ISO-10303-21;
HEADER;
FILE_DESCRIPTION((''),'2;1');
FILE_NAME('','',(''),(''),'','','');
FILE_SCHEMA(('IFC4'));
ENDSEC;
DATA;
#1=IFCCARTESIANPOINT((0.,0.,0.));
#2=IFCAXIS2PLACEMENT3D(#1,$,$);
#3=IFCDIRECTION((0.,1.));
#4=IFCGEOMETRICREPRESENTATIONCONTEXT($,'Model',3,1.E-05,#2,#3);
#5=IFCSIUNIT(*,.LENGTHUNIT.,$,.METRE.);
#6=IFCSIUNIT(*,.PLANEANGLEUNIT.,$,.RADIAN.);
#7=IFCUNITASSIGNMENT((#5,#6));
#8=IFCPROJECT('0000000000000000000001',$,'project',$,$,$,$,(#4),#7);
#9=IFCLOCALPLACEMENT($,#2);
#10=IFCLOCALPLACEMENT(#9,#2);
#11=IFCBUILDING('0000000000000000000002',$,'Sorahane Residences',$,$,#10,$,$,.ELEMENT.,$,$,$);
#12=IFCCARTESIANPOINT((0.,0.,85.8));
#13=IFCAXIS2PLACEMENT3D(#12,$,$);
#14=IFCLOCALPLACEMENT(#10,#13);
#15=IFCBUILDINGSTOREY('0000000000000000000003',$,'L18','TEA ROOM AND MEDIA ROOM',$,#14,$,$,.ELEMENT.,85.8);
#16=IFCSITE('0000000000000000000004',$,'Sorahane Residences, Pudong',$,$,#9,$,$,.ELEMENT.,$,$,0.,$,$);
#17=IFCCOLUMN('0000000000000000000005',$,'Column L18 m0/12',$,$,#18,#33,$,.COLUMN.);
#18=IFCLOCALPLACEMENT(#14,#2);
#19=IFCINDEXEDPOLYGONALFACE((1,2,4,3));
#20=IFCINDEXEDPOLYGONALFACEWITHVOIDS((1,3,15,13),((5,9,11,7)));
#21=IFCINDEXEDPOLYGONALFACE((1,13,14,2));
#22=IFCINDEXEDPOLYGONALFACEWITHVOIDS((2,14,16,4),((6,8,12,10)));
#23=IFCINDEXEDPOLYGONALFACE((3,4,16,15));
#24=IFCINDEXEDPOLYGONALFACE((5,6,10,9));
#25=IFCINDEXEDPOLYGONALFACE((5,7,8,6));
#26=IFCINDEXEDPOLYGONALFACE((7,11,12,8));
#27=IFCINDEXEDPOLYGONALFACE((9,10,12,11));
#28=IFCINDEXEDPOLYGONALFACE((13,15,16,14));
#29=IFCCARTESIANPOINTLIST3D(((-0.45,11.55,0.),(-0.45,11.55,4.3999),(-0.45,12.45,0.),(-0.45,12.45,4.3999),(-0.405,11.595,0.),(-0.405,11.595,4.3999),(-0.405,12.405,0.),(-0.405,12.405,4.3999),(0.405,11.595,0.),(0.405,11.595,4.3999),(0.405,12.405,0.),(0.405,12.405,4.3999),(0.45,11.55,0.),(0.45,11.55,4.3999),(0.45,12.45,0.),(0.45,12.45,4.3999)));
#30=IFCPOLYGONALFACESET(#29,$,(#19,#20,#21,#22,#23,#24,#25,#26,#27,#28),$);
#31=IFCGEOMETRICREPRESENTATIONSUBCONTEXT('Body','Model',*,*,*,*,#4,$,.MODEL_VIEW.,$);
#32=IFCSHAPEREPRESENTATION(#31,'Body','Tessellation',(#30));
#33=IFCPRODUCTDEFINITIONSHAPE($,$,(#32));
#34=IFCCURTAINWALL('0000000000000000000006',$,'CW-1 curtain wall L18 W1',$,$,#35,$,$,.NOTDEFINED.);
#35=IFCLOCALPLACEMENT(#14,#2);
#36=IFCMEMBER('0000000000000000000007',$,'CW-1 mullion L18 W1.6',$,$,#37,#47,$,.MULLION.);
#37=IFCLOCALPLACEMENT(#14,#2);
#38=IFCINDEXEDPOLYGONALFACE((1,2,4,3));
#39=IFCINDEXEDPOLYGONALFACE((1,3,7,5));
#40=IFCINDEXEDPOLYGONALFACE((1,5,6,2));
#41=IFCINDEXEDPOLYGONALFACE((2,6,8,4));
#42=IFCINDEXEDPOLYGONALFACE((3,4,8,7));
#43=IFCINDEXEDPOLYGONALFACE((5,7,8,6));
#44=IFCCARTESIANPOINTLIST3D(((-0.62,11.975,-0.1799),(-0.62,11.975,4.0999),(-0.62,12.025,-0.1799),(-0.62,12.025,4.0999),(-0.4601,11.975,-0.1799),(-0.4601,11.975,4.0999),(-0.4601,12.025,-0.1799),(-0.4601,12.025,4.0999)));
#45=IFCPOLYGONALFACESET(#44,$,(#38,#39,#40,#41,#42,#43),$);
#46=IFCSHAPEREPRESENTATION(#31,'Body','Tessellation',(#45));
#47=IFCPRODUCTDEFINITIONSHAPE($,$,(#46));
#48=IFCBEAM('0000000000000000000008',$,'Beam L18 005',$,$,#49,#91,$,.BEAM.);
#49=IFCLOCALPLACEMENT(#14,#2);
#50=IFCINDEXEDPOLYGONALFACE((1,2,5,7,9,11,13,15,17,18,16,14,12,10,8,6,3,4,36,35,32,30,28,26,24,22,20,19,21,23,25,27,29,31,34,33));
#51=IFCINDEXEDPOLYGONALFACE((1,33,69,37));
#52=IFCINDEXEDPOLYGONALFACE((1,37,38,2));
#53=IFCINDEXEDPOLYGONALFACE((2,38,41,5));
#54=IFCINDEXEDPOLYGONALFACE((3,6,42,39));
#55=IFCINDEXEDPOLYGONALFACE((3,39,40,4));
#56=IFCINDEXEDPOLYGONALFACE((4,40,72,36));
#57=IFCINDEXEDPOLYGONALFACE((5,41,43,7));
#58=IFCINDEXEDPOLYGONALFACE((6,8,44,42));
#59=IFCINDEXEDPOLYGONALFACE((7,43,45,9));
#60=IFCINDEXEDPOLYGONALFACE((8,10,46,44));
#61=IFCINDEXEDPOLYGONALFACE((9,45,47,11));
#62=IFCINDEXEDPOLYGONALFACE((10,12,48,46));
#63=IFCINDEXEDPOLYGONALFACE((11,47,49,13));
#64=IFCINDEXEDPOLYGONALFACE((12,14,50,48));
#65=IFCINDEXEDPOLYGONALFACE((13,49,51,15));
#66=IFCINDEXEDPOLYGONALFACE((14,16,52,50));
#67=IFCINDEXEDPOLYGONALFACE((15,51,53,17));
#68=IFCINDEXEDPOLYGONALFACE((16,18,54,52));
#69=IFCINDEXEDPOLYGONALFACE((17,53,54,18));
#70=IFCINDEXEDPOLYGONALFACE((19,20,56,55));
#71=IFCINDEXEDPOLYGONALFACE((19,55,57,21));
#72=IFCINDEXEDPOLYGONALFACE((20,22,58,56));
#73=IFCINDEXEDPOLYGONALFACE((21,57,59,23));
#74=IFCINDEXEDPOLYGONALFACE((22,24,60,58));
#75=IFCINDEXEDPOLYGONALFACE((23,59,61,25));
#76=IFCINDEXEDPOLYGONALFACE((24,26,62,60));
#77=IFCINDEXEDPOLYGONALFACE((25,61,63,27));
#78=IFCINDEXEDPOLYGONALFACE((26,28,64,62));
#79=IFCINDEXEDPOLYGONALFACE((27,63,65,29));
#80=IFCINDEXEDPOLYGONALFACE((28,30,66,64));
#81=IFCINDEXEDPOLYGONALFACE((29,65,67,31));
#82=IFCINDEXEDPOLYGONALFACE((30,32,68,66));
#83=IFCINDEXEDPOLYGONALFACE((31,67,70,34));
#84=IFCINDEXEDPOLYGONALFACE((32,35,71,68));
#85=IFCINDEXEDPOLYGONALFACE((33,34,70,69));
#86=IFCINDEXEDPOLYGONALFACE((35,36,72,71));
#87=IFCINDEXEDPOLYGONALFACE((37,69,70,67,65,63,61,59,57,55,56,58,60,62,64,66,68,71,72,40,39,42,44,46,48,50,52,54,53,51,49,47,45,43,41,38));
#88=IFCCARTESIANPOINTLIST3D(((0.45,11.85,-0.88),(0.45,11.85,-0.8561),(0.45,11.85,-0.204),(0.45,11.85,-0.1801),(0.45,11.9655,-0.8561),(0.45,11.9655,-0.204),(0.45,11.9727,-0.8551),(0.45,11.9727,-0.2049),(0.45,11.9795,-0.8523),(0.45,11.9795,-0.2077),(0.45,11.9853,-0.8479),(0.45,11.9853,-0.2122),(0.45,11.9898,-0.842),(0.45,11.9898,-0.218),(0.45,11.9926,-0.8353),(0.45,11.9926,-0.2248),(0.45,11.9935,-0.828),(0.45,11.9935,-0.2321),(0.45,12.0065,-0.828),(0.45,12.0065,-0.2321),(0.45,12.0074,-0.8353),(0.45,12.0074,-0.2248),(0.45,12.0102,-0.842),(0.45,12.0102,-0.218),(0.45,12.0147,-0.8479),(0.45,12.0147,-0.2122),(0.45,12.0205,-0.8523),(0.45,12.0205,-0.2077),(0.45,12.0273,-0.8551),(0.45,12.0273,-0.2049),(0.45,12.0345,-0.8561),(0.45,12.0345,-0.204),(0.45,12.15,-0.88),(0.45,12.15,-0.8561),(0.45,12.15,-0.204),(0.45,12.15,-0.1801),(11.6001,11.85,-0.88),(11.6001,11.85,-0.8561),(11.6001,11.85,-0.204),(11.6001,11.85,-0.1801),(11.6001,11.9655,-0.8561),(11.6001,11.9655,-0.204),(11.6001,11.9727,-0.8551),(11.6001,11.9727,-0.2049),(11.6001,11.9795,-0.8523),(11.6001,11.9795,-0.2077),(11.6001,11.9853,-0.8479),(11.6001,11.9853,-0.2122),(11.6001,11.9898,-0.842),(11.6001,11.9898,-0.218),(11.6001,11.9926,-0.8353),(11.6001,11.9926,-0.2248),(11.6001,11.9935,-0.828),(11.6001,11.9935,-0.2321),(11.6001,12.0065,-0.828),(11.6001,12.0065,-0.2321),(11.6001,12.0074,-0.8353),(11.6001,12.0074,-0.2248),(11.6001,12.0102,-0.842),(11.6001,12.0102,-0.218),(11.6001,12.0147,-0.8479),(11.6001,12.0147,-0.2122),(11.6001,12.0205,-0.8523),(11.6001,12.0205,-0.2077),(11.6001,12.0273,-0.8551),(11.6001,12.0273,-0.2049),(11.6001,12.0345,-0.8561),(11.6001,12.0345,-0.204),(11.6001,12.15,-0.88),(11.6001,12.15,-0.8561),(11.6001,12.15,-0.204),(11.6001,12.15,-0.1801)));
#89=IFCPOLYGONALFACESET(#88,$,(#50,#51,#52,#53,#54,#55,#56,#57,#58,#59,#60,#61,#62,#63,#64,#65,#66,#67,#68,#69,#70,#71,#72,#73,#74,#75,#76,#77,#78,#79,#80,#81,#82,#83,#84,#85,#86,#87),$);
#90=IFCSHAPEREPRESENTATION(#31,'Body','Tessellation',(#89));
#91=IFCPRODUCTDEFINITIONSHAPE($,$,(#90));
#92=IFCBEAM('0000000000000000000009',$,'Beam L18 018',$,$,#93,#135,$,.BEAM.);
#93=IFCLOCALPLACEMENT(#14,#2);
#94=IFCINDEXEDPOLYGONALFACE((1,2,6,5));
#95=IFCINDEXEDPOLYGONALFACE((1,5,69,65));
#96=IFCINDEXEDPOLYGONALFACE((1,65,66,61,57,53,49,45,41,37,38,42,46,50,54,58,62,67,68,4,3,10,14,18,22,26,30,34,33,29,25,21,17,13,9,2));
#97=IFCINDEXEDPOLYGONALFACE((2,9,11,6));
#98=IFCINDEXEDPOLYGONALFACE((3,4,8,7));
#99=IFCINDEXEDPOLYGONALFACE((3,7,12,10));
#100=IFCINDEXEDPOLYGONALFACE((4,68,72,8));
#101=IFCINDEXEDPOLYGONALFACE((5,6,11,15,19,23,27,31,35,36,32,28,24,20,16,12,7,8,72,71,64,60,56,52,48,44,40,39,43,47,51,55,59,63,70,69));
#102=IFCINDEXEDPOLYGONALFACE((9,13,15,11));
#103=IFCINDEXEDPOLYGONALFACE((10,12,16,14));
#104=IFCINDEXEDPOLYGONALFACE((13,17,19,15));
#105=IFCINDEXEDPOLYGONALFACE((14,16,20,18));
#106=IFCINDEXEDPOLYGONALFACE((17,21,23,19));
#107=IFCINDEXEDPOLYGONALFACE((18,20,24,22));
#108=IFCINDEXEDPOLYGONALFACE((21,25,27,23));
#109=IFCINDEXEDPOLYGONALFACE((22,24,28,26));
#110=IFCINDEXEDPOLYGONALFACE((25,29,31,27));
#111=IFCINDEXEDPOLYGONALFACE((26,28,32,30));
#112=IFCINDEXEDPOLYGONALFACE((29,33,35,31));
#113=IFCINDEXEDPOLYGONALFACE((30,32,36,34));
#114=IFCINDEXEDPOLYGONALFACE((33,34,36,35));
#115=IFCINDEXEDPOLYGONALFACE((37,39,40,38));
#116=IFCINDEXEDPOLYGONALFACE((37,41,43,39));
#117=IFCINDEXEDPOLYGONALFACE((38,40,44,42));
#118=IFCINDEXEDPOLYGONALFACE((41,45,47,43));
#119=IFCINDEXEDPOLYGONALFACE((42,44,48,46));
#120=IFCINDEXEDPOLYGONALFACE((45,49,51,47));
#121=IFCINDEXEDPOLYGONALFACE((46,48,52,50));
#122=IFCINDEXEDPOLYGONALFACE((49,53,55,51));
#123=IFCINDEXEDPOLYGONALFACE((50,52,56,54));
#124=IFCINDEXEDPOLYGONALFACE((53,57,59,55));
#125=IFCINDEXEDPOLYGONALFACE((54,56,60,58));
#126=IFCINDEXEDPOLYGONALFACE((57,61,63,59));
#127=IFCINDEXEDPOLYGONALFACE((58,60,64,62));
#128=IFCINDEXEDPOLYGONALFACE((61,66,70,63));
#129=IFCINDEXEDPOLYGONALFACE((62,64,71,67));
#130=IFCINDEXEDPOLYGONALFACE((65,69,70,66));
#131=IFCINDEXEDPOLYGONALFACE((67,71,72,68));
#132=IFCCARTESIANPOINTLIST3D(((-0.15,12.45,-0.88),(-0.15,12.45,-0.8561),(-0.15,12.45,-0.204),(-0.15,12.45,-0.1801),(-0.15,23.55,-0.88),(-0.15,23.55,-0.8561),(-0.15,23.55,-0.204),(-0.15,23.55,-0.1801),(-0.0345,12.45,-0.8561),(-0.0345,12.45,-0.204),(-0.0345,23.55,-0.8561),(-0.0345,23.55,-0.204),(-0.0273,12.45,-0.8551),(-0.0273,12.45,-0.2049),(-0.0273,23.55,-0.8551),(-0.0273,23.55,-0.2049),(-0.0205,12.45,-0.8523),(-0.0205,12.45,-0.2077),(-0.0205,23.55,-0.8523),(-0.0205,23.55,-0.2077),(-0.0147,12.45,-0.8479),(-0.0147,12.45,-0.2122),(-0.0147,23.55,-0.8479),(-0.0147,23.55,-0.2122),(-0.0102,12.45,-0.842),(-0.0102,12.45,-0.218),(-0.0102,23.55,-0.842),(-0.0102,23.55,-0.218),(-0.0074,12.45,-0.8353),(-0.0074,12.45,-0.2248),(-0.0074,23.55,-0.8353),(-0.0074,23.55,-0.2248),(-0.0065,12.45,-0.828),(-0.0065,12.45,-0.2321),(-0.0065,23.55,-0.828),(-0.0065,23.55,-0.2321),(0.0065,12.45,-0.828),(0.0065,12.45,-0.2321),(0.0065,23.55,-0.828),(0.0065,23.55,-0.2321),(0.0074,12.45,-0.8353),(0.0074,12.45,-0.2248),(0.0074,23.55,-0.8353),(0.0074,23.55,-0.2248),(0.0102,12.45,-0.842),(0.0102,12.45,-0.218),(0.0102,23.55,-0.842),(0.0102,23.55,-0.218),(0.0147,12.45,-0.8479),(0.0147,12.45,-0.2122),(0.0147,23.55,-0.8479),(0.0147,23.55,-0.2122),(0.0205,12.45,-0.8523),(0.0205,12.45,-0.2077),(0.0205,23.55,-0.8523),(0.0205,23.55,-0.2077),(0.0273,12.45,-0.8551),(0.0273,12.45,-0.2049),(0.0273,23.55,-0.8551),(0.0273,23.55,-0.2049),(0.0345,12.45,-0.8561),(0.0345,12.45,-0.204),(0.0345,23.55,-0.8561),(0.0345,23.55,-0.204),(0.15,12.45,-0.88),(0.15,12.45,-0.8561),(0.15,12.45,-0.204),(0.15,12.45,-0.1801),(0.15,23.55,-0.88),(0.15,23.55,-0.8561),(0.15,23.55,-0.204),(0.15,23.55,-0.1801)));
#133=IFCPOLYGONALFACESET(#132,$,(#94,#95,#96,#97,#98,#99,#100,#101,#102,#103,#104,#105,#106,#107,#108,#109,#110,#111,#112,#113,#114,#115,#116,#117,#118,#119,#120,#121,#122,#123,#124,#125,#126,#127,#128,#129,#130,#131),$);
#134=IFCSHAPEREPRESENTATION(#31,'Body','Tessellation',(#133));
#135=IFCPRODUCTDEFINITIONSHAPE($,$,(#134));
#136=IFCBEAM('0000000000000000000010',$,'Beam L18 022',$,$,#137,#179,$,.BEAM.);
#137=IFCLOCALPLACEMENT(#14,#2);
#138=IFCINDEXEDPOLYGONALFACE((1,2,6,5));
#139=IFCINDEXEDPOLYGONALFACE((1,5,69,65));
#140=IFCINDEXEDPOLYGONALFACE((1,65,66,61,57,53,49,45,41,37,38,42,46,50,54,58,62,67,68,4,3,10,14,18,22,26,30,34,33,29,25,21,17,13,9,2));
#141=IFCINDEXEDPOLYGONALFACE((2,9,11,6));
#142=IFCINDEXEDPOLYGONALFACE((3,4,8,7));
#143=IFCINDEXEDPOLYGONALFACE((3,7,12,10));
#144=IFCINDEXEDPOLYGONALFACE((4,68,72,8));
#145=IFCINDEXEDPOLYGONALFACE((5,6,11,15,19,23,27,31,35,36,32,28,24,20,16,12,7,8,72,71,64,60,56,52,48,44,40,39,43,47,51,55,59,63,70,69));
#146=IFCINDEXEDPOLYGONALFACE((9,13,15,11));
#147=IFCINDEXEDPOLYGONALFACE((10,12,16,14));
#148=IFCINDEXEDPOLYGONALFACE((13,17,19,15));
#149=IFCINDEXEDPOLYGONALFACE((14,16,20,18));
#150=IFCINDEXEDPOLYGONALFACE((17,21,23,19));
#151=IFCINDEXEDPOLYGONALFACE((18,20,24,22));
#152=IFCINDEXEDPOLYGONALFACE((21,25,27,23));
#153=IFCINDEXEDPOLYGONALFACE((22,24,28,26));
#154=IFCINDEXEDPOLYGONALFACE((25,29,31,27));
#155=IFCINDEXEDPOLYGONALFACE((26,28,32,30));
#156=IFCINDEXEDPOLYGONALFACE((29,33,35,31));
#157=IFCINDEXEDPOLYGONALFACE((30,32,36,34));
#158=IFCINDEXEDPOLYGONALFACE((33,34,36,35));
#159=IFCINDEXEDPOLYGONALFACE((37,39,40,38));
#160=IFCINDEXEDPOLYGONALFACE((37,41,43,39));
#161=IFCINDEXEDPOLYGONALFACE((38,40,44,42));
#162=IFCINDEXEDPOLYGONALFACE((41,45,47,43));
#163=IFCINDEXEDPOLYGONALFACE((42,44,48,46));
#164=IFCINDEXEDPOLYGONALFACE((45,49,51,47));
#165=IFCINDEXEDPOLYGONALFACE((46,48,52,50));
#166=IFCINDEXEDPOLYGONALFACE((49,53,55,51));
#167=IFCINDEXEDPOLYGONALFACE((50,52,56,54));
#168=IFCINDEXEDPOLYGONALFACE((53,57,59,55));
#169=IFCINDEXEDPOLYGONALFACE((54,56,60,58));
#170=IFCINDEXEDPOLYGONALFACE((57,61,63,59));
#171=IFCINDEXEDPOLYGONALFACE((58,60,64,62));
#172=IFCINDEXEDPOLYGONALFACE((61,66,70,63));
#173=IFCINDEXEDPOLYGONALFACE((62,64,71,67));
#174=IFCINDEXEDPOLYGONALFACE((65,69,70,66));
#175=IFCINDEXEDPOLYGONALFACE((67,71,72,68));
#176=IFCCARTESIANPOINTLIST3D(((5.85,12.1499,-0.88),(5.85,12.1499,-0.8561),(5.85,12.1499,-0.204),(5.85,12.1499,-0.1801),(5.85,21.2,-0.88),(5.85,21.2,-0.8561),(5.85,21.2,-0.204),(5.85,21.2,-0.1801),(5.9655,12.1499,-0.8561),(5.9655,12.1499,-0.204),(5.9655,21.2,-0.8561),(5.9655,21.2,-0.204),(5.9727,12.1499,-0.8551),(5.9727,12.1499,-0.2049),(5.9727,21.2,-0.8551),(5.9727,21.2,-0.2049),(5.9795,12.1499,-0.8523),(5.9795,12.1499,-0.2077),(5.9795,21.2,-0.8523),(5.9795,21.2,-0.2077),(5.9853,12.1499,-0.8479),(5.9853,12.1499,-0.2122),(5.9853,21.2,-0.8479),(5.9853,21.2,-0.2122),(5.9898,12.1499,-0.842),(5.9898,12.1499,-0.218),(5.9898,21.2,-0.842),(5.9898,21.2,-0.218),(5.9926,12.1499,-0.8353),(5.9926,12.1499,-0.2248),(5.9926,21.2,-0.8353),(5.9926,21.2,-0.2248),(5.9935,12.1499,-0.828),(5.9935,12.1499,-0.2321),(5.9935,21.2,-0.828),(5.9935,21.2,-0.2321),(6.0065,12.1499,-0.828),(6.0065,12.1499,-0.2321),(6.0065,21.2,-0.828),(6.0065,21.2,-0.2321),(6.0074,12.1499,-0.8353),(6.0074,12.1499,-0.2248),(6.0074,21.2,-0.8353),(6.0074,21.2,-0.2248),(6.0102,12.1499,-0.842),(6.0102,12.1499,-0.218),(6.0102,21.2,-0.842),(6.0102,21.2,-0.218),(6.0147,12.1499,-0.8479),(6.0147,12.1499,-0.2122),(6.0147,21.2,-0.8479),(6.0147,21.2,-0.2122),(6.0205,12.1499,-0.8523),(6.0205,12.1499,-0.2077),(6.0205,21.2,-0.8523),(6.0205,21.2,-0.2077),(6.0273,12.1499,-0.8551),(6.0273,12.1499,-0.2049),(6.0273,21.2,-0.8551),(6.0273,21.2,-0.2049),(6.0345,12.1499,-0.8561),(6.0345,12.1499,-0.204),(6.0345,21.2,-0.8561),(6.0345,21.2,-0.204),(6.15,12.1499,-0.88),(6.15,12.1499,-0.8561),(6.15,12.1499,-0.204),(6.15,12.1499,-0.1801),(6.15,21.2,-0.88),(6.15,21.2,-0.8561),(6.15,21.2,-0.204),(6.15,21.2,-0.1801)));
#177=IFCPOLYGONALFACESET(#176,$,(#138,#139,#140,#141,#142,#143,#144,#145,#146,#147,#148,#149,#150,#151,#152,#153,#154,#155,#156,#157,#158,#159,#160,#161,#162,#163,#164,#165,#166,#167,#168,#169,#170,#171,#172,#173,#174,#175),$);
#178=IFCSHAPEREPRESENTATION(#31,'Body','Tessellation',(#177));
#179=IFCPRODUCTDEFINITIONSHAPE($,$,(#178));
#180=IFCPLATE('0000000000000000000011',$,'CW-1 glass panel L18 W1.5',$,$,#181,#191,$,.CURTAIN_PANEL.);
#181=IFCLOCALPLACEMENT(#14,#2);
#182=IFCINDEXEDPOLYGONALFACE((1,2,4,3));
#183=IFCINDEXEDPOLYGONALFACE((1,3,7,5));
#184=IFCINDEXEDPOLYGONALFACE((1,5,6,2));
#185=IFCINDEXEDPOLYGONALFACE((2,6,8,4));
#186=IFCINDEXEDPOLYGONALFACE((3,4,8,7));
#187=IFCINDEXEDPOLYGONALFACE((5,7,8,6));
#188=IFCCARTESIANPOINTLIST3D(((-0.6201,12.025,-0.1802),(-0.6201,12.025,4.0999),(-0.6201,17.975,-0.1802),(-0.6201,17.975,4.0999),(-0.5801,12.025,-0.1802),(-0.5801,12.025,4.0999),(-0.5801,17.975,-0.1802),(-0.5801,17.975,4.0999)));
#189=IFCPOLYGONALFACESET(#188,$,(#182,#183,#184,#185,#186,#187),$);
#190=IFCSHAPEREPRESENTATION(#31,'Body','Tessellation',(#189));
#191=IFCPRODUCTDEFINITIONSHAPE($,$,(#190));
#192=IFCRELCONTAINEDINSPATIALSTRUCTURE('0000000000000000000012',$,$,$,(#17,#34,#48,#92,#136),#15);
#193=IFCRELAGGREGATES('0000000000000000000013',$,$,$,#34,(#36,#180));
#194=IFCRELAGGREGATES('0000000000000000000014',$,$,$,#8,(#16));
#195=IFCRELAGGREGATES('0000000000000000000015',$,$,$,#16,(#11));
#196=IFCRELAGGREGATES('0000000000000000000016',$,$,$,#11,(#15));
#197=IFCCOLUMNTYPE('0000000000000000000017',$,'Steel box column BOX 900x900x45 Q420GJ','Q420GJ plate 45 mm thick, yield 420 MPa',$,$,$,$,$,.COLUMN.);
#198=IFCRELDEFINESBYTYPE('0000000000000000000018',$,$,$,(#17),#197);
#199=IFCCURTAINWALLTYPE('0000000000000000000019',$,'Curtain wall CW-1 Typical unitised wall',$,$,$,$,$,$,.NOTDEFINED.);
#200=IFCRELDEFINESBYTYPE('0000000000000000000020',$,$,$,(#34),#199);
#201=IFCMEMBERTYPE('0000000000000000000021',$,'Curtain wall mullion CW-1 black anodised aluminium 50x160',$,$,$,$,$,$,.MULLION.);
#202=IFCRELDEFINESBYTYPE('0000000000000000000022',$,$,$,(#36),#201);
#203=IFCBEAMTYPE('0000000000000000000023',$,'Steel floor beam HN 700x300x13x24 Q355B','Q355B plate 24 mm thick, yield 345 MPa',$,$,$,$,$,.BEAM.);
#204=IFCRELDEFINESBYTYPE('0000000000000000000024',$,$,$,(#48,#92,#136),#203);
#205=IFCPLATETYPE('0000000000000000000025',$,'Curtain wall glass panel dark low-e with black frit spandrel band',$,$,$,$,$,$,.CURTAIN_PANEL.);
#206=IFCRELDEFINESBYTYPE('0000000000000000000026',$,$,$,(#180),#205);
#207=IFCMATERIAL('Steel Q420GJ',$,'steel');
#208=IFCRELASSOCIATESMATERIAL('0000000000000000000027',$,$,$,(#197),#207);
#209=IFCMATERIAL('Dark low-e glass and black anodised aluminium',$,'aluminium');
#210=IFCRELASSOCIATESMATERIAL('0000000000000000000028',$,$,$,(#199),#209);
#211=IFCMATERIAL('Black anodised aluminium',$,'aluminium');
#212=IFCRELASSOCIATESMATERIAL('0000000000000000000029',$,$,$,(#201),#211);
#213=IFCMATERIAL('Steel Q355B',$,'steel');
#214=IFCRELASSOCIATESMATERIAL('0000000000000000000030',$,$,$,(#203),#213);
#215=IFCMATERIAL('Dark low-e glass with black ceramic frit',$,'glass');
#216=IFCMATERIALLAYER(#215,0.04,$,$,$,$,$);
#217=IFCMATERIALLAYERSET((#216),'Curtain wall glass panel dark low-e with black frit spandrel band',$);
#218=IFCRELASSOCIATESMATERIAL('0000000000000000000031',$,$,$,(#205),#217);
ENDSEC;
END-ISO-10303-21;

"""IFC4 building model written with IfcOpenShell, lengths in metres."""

from ifc_helpers import new_model, si_unit, direction, frame, origin, origin_2d, place, context, subcontext, project, spatial, rectangle, hollow_rectangle, i_section, extrude, material, layer, layer_set, material_profile, profile_set, type_object, element, aggregate, save


model = new_model("IFC4")

# Units and contexts
model_context = context("Model", 3, precision=1e-05, world=origin(), true_north=direction((0.0, 1.0)))
body_context = subcontext(model_context, "Body", "Model", "MODEL_VIEW")
ifc_project = project(units=[si_unit("LENGTHUNIT", "METRE"), si_unit("PLANEANGLEUNIT", "RADIAN")], contexts=[model_context])

# Site, building, storey
site_placement = place(None, origin())
site = spatial("IfcSite", under=ifc_project, at=site_placement, Name="Sorahane Residences, Pudong", CompositionType="ELEMENT", RefElevation=0.0)
building_placement = place(site_placement, origin())
building = spatial("IfcBuilding", under=site, at=building_placement, Name="Sorahane Residences", CompositionType="ELEMENT")
storey_placement = place(building_placement, frame((0.0, 0.0, 85.8)))
storey = spatial("IfcBuildingStorey", under=building, at=storey_placement, Name="L18", Description="TEA ROOM AND MEDIA ROOM", CompositionType="ELEMENT", Elevation=85.8)

# Column
ifc_material_1 = material(Name="Steel Q420GJ", Category="steel")
ifc_material_profile_1 = material_profile(ifc_material_1, hollow_rectangle(XDim=0.8999, YDim=0.8999, WallThickness=0.0449, at=origin_2d()), Name="BOX 900x900x45")
ifc_profile_set_1 = profile_set([ifc_material_profile_1], Name="Steel Q420GJ")
column_type = type_object("IfcColumnType", Name="Steel box column BOX 900x900x45 Q420GJ", Description="Q420GJ plate 45 mm thick, yield 420 MPa", PredefinedType="COLUMN", material=ifc_profile_set_1)
column_placement = place(storey_placement, frame((0.0, 12.0, 0.0), z_axis=(0.0, 0.0, 1.0), x_axis=(1.0, 0.0, 0.0)))
element("IfcColumn", 1, at=column_placement, inside=storey, type_object=column_type, Name="Column L18 m0/12", PredefinedType="COLUMN", context=body_context, shape_type="SweptSolid", body=[
    extrude(hollow_rectangle(XDim=0.8999, YDim=0.8999, WallThickness=0.0449, at=origin_2d()), origin(), (0.0, 0.0, 1.0), 4.3999),
])

# Curtain wall, member
ifc_material_2 = material(Name="Dark low-e glass and black anodised aluminium", Category="aluminium")
curtain_wall_type = type_object("IfcCurtainWallType", Name="Curtain wall CW-1 Typical unitised wall", PredefinedType="NOTDEFINED", material=ifc_material_2)
curtain_wall_placement = place(storey_placement, origin())
curtain_wall = element("IfcCurtainWall", 2, at=curtain_wall_placement, inside=storey, type_object=curtain_wall_type, Name="CW-1 curtain wall L18 W1", PredefinedType="NOTDEFINED")
ifc_material_3 = material(Name="Black anodised aluminium", Category="aluminium")
ifc_material_profile_2 = material_profile(ifc_material_3, rectangle(XDim=0.1599, YDim=0.05, at=origin_2d()), Name="Curtain wall mullion CW-1 black anodised aluminium 50x160")
ifc_profile_set_2 = profile_set([ifc_material_profile_2], Name="Black anodised aluminium")
member_type = type_object("IfcMemberType", Name="Curtain wall mullion CW-1 black anodised aluminium 50x160", PredefinedType="MULLION", material=ifc_profile_set_2)
member_placement = place(storey_placement, frame((-0.54, 12.0, -0.1799), z_axis=(0.0, 0.0, 1.0), x_axis=(-1.0, 0.0, 0.0)))
member = element("IfcMember", 3, at=member_placement, type_object=member_type, Name="CW-1 mullion L18 W1.6", PredefinedType="MULLION", context=body_context, shape_type="SweptSolid", body=[
    extrude(rectangle(XDim=0.1599, YDim=0.05, at=origin_2d()), origin(), (0.0, 0.0, 1.0), 4.2798),
])

# Beams
ifc_material_4 = material(Name="Steel Q355B", Category="steel")
ifc_material_profile_3 = material_profile(ifc_material_4, i_section(OverallWidth=0.3, OverallDepth=0.7, WebThickness=0.0129, FlangeThickness=0.0239, FilletRadius=0.0281, at=origin_2d()), Name="HN 700x300x13x24")
ifc_profile_set_3 = profile_set([ifc_material_profile_3], Name="Steel Q355B")
beam_type = type_object("IfcBeamType", Name="Steel floor beam HN 700x300x13x24 Q355B", Description="Q355B plate 24 mm thick, yield 345 MPa", PredefinedType="BEAM", material=ifc_profile_set_3)
beam_1_placement = place(storey_placement, frame((0.45, 12.0, -0.53), z_axis=(1.0, 0.0, 0.0), x_axis=(0.0, 1.0, 0.0)))
element("IfcBeam", 4, at=beam_1_placement, inside=storey, type_object=beam_type, Name="Beam L18 005", PredefinedType="BEAM", context=body_context, shape_type="SweptSolid", body=[
    extrude(i_section(OverallWidth=0.3, OverallDepth=0.7, WebThickness=0.0129, FlangeThickness=0.0239, FilletRadius=0.0281, at=origin_2d()), origin(), (0.0, 0.0, 1.0), 11.1501),
])
beam_2_placement = place(storey_placement, frame((0.0, 12.45, -0.53), z_axis=(0.0, 1.0, 0.0), x_axis=(-1.0, 0.0, 0.0)))
element("IfcBeam", 5, at=beam_2_placement, inside=storey, type_object=beam_type, Name="Beam L18 018", PredefinedType="BEAM", context=body_context, shape_type="SweptSolid", body=[
    extrude(i_section(OverallWidth=0.3, OverallDepth=0.7, WebThickness=0.0129, FlangeThickness=0.0239, FilletRadius=0.0281, at=origin_2d()), origin(), (0.0, 0.0, 1.0), 11.1001),
])
beam_3_placement = place(storey_placement, frame((6.0, 12.1499, -0.53), z_axis=(0.0, 1.0, 0.0), x_axis=(-1.0, 0.0, 0.0)))
element("IfcBeam", 6, at=beam_3_placement, inside=storey, type_object=beam_type, Name="Beam L18 022", PredefinedType="BEAM", context=body_context, shape_type="SweptSolid", body=[
    extrude(i_section(OverallWidth=0.3, OverallDepth=0.7, WebThickness=0.0129, FlangeThickness=0.0239, FilletRadius=0.0281, at=origin_2d()), origin(), (0.0, 0.0, 1.0), 9.05),
])

# Plate
ifc_material_5 = material(Name="Dark low-e glass with black ceramic frit", Category="glass")
ifc_layer_1 = layer(ifc_material_5, 0.04)
ifc_layer_set_1 = layer_set([ifc_layer_1], Name="Curtain wall glass panel dark low-e with black frit spandrel band")
plate_type = type_object("IfcPlateType", Name="Curtain wall glass panel dark low-e with black frit spandrel band", PredefinedType="CURTAIN_PANEL", material=ifc_layer_set_1)
plate_1_placement = place(storey_placement, frame((-0.6001, 15.0, -0.1802), z_axis=(0.0, 0.0, 1.0), x_axis=(0.0, -1.0, 0.0)))
plate_1 = element("IfcPlate", 7, at=plate_1_placement, type_object=plate_type, Name="CW-1 glass panel L18 W1.5", PredefinedType="CURTAIN_PANEL", context=body_context, shape_type="SweptSolid", body=[
    extrude(rectangle(XDim=5.95, YDim=0.04, at=origin_2d()), origin(), (0.0, 0.0, 1.0), 4.28),
])
aggregate(curtain_wall, [member, plate_1])

save(model, "model.ifc")
